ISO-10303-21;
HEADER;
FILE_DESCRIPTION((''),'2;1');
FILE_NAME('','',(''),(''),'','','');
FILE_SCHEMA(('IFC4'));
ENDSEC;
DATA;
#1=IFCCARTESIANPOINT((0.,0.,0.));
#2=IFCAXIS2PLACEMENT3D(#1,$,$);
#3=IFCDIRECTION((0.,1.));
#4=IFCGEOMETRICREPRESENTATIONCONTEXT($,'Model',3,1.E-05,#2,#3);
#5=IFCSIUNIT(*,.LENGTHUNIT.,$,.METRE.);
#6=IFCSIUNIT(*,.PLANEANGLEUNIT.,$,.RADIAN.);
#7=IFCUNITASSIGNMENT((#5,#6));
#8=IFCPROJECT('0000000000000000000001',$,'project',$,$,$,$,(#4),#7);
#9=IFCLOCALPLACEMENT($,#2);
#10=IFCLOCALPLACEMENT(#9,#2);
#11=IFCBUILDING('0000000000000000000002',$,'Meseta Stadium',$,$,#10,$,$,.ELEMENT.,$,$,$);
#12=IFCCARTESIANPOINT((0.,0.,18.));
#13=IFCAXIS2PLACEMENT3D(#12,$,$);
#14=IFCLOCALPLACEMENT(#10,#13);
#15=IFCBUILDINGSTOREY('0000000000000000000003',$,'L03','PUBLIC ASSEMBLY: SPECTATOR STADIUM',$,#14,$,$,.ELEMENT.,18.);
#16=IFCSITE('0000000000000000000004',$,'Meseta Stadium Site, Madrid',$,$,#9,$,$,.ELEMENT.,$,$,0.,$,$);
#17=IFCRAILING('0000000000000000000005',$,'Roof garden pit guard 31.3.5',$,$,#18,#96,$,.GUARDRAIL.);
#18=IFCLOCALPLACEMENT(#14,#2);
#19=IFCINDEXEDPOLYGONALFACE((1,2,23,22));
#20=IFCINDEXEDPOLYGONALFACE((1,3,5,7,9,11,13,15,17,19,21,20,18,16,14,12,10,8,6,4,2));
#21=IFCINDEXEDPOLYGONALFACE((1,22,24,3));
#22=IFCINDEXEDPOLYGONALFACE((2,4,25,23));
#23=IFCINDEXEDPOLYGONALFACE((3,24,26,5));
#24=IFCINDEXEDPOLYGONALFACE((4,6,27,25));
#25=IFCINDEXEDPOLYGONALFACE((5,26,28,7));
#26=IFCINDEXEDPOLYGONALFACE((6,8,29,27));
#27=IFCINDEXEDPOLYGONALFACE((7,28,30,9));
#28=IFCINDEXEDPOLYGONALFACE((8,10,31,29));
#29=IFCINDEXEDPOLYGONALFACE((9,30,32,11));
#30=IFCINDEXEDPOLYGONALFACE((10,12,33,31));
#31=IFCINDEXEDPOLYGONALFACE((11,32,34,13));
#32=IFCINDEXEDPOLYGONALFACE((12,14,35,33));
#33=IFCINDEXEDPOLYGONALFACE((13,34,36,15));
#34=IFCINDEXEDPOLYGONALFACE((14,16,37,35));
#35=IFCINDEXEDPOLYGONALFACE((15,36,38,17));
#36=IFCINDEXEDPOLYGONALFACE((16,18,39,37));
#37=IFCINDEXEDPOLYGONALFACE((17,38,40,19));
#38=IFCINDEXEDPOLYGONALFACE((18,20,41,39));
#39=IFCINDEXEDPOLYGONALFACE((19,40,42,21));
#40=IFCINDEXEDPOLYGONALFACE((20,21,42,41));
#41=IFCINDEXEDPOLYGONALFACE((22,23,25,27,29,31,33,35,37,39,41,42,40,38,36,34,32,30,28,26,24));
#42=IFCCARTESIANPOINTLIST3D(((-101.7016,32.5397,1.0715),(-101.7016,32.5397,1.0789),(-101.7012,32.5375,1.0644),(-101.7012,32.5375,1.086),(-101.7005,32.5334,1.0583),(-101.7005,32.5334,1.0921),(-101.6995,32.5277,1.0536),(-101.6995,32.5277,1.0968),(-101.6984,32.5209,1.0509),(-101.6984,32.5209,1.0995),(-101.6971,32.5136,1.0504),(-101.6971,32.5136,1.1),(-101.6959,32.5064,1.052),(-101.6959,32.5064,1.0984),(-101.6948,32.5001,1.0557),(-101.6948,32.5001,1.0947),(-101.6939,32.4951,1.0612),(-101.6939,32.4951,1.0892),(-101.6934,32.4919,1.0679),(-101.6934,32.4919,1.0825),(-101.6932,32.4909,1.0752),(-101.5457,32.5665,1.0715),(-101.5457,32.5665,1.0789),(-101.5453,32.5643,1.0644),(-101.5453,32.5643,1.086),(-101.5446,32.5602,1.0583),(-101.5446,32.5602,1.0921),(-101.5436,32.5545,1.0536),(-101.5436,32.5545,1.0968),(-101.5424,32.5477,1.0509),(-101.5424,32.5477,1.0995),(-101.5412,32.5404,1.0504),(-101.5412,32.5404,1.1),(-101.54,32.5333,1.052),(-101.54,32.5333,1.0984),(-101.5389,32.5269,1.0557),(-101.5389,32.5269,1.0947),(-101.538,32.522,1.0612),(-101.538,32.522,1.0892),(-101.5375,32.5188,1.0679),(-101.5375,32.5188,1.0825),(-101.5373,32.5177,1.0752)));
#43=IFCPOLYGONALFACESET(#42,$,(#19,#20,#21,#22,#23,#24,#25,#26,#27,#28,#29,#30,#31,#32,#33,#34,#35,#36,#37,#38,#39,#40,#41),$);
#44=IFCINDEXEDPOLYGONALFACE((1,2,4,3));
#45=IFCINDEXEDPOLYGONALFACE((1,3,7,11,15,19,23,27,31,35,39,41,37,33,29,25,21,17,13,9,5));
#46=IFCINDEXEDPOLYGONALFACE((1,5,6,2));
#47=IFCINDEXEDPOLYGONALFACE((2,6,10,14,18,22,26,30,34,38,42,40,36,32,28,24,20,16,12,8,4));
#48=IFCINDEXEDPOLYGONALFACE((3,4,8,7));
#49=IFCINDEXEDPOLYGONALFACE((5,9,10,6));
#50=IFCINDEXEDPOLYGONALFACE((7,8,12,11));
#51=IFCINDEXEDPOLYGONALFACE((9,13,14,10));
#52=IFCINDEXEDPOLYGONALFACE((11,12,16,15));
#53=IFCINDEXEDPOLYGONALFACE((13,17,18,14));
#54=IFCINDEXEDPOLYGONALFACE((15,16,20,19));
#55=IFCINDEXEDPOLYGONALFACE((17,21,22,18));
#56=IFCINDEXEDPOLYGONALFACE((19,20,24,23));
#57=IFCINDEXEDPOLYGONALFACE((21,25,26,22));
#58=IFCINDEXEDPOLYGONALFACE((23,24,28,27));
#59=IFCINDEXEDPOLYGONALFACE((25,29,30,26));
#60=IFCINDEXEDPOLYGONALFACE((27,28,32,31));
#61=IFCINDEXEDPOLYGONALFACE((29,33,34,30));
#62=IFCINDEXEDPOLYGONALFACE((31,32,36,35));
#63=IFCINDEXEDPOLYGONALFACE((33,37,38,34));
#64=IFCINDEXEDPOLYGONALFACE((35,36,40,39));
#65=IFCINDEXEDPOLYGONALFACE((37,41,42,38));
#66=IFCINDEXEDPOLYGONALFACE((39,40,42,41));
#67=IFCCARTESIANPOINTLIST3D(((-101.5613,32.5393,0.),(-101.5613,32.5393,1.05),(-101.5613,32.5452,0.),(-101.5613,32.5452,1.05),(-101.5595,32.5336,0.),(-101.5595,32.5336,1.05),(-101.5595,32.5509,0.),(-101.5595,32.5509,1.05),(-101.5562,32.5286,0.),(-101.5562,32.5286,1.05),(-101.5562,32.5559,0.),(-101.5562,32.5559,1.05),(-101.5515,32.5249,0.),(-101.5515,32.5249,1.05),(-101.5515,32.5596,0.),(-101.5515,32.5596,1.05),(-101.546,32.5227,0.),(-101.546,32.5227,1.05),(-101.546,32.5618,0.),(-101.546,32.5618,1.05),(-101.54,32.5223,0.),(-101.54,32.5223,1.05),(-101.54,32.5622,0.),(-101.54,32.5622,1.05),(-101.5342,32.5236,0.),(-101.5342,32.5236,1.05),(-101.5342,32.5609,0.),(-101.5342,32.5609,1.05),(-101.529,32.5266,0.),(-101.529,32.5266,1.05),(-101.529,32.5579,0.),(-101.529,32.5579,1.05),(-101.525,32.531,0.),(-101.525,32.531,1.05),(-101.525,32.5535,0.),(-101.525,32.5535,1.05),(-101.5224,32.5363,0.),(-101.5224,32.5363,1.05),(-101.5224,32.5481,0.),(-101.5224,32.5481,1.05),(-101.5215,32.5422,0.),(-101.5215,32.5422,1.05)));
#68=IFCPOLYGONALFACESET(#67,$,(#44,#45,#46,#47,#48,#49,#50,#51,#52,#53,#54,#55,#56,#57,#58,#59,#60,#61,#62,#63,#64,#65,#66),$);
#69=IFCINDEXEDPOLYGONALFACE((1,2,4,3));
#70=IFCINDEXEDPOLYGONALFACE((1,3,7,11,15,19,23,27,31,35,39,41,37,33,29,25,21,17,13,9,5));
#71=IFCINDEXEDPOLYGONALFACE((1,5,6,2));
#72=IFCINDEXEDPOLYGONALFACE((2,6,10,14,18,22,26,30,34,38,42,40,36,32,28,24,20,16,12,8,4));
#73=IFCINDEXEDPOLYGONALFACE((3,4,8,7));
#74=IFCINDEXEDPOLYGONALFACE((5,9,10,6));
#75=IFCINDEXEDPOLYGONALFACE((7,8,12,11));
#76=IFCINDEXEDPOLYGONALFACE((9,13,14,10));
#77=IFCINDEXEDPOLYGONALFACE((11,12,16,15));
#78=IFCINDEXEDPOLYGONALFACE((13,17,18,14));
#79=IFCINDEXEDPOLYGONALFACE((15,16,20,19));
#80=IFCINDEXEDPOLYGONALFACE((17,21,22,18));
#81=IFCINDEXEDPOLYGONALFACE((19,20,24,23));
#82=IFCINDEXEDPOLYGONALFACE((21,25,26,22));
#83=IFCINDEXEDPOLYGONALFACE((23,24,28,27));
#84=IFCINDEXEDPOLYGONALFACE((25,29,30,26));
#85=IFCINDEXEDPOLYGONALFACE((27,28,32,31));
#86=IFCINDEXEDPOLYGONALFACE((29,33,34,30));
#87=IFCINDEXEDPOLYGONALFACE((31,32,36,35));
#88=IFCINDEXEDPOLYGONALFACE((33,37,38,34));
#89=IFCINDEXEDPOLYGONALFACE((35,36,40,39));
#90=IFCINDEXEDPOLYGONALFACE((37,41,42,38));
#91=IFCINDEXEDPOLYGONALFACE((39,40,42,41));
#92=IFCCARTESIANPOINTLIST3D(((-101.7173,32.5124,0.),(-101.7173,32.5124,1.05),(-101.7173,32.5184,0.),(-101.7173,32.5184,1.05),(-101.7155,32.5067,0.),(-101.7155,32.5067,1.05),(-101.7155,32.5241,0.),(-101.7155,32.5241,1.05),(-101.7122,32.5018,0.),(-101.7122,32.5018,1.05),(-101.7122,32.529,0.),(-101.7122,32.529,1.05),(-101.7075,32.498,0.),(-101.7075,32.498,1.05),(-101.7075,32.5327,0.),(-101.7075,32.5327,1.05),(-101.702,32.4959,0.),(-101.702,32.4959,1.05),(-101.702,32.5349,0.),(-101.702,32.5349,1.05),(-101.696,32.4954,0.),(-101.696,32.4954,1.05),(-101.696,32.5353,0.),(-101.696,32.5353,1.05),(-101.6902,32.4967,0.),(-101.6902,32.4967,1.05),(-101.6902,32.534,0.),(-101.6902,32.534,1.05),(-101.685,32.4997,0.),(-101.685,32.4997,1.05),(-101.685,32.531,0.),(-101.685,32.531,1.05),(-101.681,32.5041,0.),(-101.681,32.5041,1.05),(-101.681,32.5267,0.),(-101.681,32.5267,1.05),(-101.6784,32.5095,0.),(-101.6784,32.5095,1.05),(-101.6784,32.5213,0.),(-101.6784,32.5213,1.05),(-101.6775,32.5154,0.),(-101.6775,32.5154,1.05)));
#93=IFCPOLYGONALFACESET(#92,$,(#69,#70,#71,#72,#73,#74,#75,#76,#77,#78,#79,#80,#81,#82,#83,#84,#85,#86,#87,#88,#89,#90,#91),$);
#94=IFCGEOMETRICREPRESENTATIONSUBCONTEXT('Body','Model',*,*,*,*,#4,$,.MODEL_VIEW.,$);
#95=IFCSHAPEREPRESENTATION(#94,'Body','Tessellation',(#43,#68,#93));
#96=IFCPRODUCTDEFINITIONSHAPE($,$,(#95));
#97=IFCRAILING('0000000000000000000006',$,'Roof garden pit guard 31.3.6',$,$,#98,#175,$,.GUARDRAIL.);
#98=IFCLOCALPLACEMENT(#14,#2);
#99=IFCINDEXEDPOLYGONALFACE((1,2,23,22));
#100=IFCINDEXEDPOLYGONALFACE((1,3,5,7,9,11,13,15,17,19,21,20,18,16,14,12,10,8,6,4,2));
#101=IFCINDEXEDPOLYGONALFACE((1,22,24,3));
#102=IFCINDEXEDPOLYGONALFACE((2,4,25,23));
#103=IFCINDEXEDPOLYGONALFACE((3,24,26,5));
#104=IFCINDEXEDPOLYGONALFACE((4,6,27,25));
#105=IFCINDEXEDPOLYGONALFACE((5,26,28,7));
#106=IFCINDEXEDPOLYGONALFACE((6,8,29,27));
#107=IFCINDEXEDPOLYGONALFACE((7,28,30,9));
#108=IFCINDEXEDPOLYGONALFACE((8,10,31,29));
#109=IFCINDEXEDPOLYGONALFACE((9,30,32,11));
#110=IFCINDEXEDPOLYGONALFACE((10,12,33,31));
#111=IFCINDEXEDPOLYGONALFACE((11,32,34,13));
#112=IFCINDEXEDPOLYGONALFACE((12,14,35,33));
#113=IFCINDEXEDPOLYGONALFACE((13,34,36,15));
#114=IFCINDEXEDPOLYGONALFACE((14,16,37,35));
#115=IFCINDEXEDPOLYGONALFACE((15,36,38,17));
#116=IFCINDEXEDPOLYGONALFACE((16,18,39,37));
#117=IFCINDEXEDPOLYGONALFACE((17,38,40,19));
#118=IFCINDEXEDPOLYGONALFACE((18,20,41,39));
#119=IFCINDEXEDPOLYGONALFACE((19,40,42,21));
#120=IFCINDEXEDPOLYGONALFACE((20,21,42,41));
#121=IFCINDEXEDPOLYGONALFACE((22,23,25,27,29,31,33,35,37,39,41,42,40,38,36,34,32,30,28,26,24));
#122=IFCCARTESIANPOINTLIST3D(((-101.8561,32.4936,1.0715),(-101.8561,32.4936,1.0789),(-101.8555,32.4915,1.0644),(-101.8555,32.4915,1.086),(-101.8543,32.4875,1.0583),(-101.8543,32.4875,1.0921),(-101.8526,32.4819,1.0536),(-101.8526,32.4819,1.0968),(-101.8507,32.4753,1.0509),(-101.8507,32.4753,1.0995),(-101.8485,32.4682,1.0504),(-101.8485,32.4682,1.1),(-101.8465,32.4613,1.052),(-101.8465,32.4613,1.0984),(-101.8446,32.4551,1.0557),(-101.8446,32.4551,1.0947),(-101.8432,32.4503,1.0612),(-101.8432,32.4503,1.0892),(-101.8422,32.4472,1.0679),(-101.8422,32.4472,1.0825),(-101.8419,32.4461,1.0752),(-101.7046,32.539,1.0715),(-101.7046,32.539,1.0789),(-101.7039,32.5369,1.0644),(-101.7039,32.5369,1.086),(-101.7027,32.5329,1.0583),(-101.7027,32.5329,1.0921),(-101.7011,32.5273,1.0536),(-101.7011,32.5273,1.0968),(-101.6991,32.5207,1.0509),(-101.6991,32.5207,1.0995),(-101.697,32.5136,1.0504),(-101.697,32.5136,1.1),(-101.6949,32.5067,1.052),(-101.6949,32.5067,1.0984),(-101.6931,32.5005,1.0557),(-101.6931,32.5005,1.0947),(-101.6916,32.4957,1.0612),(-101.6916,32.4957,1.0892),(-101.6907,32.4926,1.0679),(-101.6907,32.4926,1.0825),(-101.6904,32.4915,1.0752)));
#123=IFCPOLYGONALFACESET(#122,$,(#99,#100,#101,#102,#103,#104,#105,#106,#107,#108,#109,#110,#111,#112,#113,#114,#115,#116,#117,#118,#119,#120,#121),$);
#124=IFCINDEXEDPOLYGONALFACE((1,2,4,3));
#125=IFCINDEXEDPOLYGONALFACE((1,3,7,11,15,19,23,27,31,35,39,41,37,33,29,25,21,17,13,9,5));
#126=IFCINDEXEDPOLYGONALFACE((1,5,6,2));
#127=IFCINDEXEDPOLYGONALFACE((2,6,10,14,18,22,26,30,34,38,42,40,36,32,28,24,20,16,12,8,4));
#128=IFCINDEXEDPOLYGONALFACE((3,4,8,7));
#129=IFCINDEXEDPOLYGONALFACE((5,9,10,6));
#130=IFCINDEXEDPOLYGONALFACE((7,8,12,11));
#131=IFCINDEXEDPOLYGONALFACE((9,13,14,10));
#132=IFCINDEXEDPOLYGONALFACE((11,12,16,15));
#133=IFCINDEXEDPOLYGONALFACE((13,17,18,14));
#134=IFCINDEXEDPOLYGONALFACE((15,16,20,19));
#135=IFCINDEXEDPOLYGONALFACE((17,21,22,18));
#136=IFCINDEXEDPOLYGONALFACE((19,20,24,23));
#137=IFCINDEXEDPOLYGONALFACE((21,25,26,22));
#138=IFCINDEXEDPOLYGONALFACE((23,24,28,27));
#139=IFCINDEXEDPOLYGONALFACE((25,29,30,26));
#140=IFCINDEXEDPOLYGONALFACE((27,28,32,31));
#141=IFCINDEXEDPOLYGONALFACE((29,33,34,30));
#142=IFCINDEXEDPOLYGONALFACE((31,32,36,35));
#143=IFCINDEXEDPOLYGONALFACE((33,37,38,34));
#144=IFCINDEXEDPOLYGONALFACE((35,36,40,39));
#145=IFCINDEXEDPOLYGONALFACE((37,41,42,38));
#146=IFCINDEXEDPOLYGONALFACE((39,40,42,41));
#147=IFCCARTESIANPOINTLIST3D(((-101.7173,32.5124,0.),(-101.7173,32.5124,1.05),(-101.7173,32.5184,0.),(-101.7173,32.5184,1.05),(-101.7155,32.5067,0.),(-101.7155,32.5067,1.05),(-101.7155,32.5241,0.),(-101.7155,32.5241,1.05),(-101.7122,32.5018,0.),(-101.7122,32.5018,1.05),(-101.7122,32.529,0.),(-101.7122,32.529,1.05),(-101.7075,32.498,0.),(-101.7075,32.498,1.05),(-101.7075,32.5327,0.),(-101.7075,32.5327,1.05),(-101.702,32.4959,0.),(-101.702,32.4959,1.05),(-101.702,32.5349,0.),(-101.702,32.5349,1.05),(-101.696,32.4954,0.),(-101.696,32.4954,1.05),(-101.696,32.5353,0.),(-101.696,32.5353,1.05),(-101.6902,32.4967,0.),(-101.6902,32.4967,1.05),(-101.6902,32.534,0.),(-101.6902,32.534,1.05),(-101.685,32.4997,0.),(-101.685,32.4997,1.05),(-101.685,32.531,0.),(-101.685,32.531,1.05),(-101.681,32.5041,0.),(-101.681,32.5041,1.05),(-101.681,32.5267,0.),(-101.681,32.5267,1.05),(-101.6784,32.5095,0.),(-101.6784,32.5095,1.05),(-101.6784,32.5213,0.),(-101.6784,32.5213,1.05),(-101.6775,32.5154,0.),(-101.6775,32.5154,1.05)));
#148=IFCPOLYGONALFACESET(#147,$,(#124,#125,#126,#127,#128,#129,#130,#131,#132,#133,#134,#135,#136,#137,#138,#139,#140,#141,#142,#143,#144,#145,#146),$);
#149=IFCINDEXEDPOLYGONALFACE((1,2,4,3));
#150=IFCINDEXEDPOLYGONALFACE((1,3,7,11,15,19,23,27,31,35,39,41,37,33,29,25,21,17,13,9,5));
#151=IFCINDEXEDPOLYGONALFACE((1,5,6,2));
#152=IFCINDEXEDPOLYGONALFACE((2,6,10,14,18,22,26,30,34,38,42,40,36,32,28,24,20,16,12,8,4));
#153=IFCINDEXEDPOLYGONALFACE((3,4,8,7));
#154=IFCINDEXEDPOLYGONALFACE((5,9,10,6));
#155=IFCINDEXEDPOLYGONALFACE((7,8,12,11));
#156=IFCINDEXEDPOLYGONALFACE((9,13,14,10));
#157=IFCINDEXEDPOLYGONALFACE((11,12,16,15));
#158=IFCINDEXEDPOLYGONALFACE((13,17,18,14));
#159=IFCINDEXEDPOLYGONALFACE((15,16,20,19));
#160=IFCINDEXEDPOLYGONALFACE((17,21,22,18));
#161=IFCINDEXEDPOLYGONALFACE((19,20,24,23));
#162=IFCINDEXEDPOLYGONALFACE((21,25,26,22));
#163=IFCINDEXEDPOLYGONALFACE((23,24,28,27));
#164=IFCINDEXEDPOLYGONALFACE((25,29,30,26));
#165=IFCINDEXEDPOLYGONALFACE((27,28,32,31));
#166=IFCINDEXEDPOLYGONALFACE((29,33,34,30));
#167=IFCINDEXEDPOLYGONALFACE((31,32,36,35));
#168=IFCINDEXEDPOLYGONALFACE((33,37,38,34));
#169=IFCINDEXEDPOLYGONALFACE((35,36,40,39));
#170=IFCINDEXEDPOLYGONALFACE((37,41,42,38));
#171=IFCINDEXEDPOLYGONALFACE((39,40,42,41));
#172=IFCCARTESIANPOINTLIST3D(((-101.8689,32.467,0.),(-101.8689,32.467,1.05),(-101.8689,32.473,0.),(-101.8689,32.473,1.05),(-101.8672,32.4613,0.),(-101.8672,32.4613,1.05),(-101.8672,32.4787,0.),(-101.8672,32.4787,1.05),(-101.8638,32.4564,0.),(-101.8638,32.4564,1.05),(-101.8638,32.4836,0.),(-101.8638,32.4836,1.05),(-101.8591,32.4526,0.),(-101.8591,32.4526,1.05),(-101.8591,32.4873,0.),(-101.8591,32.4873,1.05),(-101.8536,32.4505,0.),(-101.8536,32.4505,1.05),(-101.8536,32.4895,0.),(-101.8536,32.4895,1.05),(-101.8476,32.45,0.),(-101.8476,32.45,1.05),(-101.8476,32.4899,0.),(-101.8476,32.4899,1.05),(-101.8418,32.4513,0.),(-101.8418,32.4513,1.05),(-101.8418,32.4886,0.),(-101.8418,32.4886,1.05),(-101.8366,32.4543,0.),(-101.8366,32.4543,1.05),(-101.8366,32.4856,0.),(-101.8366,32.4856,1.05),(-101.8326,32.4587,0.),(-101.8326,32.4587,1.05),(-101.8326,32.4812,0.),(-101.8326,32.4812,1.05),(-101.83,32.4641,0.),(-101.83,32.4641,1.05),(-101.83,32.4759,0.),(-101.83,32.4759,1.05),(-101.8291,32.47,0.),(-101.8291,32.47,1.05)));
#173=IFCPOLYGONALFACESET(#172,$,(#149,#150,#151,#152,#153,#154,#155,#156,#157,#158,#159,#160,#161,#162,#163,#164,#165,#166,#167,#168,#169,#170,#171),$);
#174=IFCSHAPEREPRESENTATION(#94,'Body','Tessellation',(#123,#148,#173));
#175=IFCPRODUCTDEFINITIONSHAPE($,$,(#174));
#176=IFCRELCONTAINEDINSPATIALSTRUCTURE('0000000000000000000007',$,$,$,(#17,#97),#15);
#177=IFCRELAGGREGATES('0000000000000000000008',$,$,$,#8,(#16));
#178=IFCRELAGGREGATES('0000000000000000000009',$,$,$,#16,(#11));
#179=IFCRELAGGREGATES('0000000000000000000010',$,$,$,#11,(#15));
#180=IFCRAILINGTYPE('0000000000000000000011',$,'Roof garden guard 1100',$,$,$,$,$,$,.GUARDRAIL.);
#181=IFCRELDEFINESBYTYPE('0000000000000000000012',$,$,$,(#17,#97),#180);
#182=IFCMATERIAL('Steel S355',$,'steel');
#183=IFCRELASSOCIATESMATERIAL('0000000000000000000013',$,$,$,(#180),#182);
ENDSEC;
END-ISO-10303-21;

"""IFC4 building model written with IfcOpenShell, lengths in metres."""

from ifc_helpers import new_model, si_unit, direction, frame, origin, origin_2d, place, context, subcontext, project, spatial, circle, extrude, material, type_object, element, save


model = new_model("IFC4")

# Units and contexts
model_context = context("Model", 3, precision=1e-05, world=origin(), true_north=direction((0.0, 1.0)))
body_context = subcontext(model_context, "Body", "Model", "MODEL_VIEW")
ifc_project = project(units=[si_unit("LENGTHUNIT", "METRE"), si_unit("PLANEANGLEUNIT", "RADIAN")], contexts=[model_context])

# Site, building, storey
site_placement = place(None, origin())
site = spatial("IfcSite", under=ifc_project, at=site_placement, Name="Meseta Stadium Site, Madrid", CompositionType="ELEMENT", RefElevation=0.0)
building_placement = place(site_placement, origin())
building = spatial("IfcBuilding", under=site, at=building_placement, Name="Meseta Stadium", CompositionType="ELEMENT")
storey_placement = place(building_placement, frame((0.0, 0.0, 18.0)))
storey = spatial("IfcBuildingStorey", under=building, at=storey_placement, Name="L03", Description="PUBLIC ASSEMBLY: SPECTATOR STADIUM", CompositionType="ELEMENT", Elevation=18.0)

# Railings
ifc_material_1 = material(Name="Steel S355", Category="steel")
railing_type = type_object("IfcRailingType", Name="Roof garden guard 1100", PredefinedType="GUARDRAIL", material=ifc_material_1)
railing_1_placement = place(storey_placement, frame((-101.5415, 32.5422, 0.0)))
element("IfcRailing", 1, at=railing_1_placement, inside=storey, type_object=railing_type, Name="Roof garden pit guard 31.3.5", PredefinedType="GUARDRAIL", context=body_context, shape_type="SweptSolid", body=[
    extrude(circle(Radius=0.0249, at=origin_2d()), frame((0.0, 0.0, 1.0752), z_axis=(-0.985505, -0.169649, 0.0), x_axis=(0.169649, -0.985505, 0.0)), (0.0, 0.0, 1.0), 0.1582),
    extrude(circle(Radius=0.02, at=origin_2d()), origin(), (0.0, 0.0, 1.0), 1.05),
    extrude(circle(Radius=0.02, at=origin_2d()), frame((-0.156, -0.0269, 0.0)), (0.0, 0.0, 1.0), 1.05),
])
railing_2_placement = place(storey_placement, frame((-101.6975, 32.5154, 0.0)))
element("IfcRailing", 2, at=railing_2_placement, inside=storey, type_object=railing_type, Name="Roof garden pit guard 31.3.6", PredefinedType="GUARDRAIL", context=body_context, shape_type="SweptSolid", body=[
    extrude(circle(Radius=0.0249, at=origin_2d()), frame((0.0, 0.0, 1.0752), z_axis=(-0.957954, -0.286923, 0.0), x_axis=(0.286923, -0.957954, 0.0)), (0.0, 0.0, 1.0), 0.1582),
    extrude(circle(Radius=0.02, at=origin_2d()), origin(), (0.0, 0.0, 1.0), 1.05),
    extrude(circle(Radius=0.02, at=origin_2d()), frame((-0.1516, -0.0454, 0.0)), (0.0, 0.0, 1.0), 1.05),
])

save(model, "model.ifc")
